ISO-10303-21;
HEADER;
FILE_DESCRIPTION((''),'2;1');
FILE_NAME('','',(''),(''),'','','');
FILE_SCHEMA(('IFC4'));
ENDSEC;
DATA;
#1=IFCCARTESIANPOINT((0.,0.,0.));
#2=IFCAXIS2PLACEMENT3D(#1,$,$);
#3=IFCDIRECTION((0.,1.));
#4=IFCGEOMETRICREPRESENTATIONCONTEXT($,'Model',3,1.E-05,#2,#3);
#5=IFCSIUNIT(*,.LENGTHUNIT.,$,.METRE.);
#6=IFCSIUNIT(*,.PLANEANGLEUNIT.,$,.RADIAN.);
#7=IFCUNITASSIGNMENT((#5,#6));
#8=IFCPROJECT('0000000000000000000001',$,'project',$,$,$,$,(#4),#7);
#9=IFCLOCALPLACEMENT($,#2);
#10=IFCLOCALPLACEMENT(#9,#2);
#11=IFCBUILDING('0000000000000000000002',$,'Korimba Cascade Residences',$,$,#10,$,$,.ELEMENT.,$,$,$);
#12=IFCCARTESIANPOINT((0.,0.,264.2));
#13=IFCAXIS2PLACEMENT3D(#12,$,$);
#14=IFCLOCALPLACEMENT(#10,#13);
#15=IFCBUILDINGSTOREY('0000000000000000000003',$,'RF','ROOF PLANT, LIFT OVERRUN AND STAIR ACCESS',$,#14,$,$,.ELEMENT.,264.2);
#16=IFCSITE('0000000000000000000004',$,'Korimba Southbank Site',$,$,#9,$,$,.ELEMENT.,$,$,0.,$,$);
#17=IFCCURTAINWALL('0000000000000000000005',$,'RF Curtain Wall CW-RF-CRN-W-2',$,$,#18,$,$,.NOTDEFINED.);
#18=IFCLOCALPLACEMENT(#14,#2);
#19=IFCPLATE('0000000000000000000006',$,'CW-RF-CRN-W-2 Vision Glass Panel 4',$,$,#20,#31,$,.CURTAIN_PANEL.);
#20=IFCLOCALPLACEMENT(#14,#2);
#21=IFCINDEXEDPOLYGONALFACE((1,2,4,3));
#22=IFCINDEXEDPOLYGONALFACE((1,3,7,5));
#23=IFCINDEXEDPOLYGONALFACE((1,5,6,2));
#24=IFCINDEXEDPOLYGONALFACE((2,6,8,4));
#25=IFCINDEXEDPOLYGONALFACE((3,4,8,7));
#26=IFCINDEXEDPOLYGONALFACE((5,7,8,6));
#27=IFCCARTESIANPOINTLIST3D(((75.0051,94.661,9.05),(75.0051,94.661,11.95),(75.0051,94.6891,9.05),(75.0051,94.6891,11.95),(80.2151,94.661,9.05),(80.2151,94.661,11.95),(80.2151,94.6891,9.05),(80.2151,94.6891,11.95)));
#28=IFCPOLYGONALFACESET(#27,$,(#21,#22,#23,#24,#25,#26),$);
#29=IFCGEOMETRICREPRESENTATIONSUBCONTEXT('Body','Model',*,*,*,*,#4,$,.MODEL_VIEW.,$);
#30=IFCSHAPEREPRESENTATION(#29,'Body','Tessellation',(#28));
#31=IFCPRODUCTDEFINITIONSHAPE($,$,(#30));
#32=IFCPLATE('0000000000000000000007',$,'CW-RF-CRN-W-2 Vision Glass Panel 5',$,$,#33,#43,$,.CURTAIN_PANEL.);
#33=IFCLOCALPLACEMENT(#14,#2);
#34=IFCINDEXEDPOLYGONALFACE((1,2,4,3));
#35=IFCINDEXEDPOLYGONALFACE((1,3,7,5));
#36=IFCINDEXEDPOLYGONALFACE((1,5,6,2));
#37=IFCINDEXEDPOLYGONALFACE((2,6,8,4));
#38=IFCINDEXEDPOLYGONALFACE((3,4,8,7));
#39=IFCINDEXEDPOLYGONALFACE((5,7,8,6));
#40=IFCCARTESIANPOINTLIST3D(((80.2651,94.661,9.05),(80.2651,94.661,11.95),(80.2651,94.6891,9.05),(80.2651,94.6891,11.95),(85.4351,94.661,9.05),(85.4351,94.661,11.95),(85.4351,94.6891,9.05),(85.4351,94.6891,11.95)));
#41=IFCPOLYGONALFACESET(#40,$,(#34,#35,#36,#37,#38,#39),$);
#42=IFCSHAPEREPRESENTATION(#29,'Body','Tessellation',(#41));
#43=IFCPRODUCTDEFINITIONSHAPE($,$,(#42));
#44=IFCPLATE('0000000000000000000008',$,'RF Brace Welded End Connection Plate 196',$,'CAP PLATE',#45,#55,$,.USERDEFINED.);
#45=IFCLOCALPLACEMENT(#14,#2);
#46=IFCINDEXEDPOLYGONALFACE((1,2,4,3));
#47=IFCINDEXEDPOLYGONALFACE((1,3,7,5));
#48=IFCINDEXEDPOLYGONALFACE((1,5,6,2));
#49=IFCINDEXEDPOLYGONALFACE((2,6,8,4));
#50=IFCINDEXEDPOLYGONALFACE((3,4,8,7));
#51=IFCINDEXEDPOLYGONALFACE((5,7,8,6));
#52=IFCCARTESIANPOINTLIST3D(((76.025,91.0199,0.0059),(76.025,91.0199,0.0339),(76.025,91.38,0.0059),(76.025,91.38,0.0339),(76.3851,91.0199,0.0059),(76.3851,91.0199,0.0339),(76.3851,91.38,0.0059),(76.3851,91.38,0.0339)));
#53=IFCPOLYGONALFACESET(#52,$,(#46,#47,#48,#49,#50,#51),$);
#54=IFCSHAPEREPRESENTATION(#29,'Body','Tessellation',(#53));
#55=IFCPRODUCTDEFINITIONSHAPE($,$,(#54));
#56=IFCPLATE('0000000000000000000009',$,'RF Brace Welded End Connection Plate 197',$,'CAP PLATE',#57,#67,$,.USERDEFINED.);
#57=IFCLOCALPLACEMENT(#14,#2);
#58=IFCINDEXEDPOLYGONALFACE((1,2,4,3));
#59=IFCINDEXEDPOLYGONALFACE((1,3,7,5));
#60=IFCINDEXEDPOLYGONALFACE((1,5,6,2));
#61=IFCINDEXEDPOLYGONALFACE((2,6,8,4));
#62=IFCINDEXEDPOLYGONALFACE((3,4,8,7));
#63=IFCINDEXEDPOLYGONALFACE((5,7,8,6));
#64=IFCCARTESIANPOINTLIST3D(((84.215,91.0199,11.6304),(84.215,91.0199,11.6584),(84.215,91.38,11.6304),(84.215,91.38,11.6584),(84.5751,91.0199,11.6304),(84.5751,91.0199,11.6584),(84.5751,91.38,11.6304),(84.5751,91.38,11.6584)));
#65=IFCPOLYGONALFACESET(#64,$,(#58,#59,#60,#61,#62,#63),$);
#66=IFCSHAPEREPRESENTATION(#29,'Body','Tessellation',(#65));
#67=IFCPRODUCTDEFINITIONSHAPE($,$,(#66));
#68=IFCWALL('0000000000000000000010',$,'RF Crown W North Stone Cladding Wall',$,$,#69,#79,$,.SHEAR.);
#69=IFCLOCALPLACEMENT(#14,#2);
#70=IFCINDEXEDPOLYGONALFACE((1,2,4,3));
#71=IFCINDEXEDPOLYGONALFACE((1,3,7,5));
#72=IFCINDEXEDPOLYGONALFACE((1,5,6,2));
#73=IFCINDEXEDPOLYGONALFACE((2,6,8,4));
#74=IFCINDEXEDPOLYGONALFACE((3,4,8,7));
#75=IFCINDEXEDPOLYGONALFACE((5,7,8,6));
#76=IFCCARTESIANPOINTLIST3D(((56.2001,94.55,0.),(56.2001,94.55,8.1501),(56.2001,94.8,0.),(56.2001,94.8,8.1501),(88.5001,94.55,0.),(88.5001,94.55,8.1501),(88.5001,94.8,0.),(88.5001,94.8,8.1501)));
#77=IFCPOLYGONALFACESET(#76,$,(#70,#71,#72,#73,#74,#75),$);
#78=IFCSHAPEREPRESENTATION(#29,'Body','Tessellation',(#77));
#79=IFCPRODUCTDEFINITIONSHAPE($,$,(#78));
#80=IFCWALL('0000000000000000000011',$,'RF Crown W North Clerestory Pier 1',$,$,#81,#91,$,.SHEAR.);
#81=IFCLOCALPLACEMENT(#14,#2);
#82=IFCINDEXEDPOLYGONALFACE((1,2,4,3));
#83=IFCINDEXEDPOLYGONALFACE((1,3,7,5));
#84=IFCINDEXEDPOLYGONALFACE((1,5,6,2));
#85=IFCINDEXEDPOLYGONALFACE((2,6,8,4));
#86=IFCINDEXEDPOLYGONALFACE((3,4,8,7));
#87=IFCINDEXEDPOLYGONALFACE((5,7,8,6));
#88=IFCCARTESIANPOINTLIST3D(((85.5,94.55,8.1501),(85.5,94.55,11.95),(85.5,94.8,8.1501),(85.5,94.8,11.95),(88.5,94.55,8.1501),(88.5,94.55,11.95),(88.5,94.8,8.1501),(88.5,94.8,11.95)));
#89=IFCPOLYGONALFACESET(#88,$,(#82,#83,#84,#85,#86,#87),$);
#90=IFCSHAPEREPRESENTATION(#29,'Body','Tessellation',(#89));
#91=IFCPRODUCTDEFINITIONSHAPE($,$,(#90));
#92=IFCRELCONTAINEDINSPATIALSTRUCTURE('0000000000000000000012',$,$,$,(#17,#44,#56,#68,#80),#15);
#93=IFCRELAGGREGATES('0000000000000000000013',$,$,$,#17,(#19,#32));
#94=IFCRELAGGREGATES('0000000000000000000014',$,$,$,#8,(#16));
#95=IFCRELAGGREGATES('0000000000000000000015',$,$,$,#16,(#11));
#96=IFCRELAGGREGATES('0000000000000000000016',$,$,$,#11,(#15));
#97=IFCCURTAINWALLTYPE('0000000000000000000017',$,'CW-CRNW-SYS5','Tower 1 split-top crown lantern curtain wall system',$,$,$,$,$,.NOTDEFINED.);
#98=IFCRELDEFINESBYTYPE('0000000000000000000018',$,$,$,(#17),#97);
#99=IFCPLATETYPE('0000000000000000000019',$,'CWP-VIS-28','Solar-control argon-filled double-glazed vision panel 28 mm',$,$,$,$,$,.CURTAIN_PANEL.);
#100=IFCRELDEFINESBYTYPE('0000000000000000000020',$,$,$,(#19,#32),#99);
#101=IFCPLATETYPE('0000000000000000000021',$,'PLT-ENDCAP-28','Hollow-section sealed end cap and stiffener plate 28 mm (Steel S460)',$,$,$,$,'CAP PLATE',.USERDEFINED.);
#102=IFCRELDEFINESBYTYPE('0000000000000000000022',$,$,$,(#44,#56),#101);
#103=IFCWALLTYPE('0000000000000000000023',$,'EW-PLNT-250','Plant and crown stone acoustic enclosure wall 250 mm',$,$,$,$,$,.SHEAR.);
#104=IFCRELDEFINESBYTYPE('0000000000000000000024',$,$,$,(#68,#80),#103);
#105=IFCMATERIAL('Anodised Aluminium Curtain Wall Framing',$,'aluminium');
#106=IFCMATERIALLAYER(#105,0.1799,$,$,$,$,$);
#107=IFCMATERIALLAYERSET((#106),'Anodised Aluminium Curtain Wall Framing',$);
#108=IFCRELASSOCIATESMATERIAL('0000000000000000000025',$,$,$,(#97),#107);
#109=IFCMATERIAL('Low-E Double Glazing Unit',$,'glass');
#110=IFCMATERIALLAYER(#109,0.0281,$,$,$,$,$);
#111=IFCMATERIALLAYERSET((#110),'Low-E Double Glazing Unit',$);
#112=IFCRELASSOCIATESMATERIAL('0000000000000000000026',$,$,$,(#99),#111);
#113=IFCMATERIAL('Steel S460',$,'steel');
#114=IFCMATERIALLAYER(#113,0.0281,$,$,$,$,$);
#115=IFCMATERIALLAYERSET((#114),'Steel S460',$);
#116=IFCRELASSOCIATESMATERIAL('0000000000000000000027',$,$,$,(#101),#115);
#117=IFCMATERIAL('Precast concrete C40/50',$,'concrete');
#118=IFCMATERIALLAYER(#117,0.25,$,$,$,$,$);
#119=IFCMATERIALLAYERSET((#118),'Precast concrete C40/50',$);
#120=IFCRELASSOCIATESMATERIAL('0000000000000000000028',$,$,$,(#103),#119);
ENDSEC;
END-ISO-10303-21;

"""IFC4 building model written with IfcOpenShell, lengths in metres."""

from ifc_helpers import new_model, si_unit, direction, frame, frame_2d, origin, origin_2d, place, context, subcontext, project, spatial, rectangle, extrude, material, layer, layer_set, type_object, element, aggregate, save


model = new_model("IFC4")

# Units and contexts
model_context = context("Model", 3, precision=1e-05, world=origin(), true_north=direction((0.0, 1.0)))
body_context = subcontext(model_context, "Body", "Model", "MODEL_VIEW")
ifc_project = project(units=[si_unit("LENGTHUNIT", "METRE"), si_unit("PLANEANGLEUNIT", "RADIAN")], contexts=[model_context])

# Site, building, storey
site_placement = place(None, origin())
site = spatial("IfcSite", under=ifc_project, at=site_placement, Name="Korimba Southbank Site", CompositionType="ELEMENT", RefElevation=0.0)
building_placement = place(site_placement, origin())
building = spatial("IfcBuilding", under=site, at=building_placement, Name="Korimba Cascade Residences", CompositionType="ELEMENT")
storey_placement = place(building_placement, frame((0.0, 0.0, 264.2)))
storey = spatial("IfcBuildingStorey", under=building, at=storey_placement, Name="RF", Description="ROOF PLANT, LIFT OVERRUN AND STAIR ACCESS", CompositionType="ELEMENT", Elevation=264.2)

# Curtain wall
ifc_material_1 = material(Name="Anodised Aluminium Curtain Wall Framing", Category="aluminium")
ifc_layer_1 = layer(ifc_material_1, 0.1799)
ifc_layer_set_1 = layer_set([ifc_layer_1], Name="Anodised Aluminium Curtain Wall Framing")
curtain_wall_type = type_object("IfcCurtainWallType", Name="CW-CRNW-SYS5", Description="Tower 1 split-top crown lantern curtain wall system", PredefinedType="NOTDEFINED", material=ifc_layer_set_1)
curtain_wall_placement = place(storey_placement, origin())
curtain_wall = element("IfcCurtainWall", 1, at=curtain_wall_placement, inside=storey, type_object=curtain_wall_type, Name="RF Curtain Wall CW-RF-CRN-W-2", PredefinedType="NOTDEFINED")

# Plates
ifc_material_2 = material(Name="Low-E Double Glazing Unit", Category="glass")
ifc_layer_2 = layer(ifc_material_2, 0.0281)
ifc_layer_set_2 = layer_set([ifc_layer_2], Name="Low-E Double Glazing Unit")
plate_type_1 = type_object("IfcPlateType", Name="CWP-VIS-28", Description="Solar-control argon-filled double-glazed vision panel 28 mm", PredefinedType="CURTAIN_PANEL", material=ifc_layer_set_2)
plate_1_placement = place(storey_placement, frame((77.6101, 94.675, 9.05), z_axis=(0.0, 0.0, 1.0), x_axis=(1.0, 0.0, 0.0)))
plate_1 = element("IfcPlate", 2, at=plate_1_placement, type_object=plate_type_1, Name="CW-RF-CRN-W-2 Vision Glass Panel 4", PredefinedType="CURTAIN_PANEL", context=body_context, shape_type="SweptSolid", body=[
    extrude(rectangle(XDim=5.21, YDim=0.0281, at=origin_2d()), origin(), (0.0, 0.0, 1.0), 2.8999),
])
plate_2_placement = place(storey_placement, frame((82.8501, 94.675, 9.05), z_axis=(0.0, 0.0, 1.0), x_axis=(1.0, 0.0, 0.0)))
plate_2 = element("IfcPlate", 3, at=plate_2_placement, type_object=plate_type_1, Name="CW-RF-CRN-W-2 Vision Glass Panel 5", PredefinedType="CURTAIN_PANEL", context=body_context, shape_type="SweptSolid", body=[
    extrude(rectangle(XDim=5.1699, YDim=0.0281, at=origin_2d()), origin(), (0.0, 0.0, 1.0), 2.8999),
])
aggregate(curtain_wall, [plate_1, plate_2])

# Plates
ifc_material_3 = material(Name="Steel S460", Category="steel")
ifc_layer_3 = layer(ifc_material_3, 0.0281)
ifc_layer_set_3 = layer_set([ifc_layer_3], Name="Steel S460")
plate_type_2 = type_object("IfcPlateType", Name="PLT-ENDCAP-28", Description="Hollow-section sealed end cap and stiffener plate 28 mm (Steel S460)", ElementType="CAP PLATE", PredefinedType="USERDEFINED", material=ifc_layer_set_3)
for number, where, z_axis, x_axis, name in (
    (4, (76.2051, 91.2, 0.0059), (0.0, 0.0, 1.0), (1.0, 0.0, 0.0), "RF Brace Welded End Connection Plate 196"),
    (5, (84.395, 91.2, 11.6304), (0.0, 0.0, 1.0), (1.0, 0.0, 0.0), "RF Brace Welded End Connection Plate 197"),
):
    element("IfcPlate", number, at=place(storey_placement, frame(where, z_axis=z_axis, x_axis=x_axis)), inside=storey, type_object=plate_type_2, Name=name, ObjectType="CAP PLATE", PredefinedType="USERDEFINED", context=body_context, shape_type="SweptSolid", body=[
        extrude(rectangle(XDim=0.3601, YDim=0.3601, at=origin_2d()), origin(), (0.0, 0.0, 1.0), 0.0281),
    ])

# Walls
ifc_material_4 = material(Name="Precast concrete C40/50", Category="concrete")
ifc_layer_4 = layer(ifc_material_4, 0.25)
ifc_layer_set_4 = layer_set([ifc_layer_4], Name="Precast concrete C40/50")
wall_type = type_object("IfcWallType", Name="EW-PLNT-250", Description="Plant and crown stone acoustic enclosure wall 250 mm", PredefinedType="SHEAR", material=ifc_layer_set_4)
wall_1_placement = place(storey_placement, frame((88.5, 94.675, 0.0), z_axis=(0.0, 0.0, 1.0), x_axis=(-1.0, 0.0, 0.0)))
element("IfcWall", 6, at=wall_1_placement, inside=storey, type_object=wall_type, Name="RF Crown W North Stone Cladding Wall", PredefinedType="SHEAR", context=body_context, shape_type="SweptSolid", body=[
    extrude(rectangle(XDim=32.3, YDim=0.25, at=frame_2d((16.1499, 0.0))), origin(), (0.0, 0.0, 1.0), 8.1501),
])
wall_2_placement = place(storey_placement, frame((88.5, 94.675, 8.1501), z_axis=(0.0, 0.0, 1.0), x_axis=(-1.0, 0.0, 0.0)))
element("IfcWall", 7, at=wall_2_placement, inside=storey, type_object=wall_type, Name="RF Crown W North Clerestory Pier 1", PredefinedType="SHEAR", context=body_context, shape_type="SweptSolid", body=[
    extrude(rectangle(XDim=3.0, YDim=0.25, at=frame_2d((1.5, 0.0))), origin(), (0.0, 0.0, 1.0), 3.7998),
])

save(model, "model.ifc")
